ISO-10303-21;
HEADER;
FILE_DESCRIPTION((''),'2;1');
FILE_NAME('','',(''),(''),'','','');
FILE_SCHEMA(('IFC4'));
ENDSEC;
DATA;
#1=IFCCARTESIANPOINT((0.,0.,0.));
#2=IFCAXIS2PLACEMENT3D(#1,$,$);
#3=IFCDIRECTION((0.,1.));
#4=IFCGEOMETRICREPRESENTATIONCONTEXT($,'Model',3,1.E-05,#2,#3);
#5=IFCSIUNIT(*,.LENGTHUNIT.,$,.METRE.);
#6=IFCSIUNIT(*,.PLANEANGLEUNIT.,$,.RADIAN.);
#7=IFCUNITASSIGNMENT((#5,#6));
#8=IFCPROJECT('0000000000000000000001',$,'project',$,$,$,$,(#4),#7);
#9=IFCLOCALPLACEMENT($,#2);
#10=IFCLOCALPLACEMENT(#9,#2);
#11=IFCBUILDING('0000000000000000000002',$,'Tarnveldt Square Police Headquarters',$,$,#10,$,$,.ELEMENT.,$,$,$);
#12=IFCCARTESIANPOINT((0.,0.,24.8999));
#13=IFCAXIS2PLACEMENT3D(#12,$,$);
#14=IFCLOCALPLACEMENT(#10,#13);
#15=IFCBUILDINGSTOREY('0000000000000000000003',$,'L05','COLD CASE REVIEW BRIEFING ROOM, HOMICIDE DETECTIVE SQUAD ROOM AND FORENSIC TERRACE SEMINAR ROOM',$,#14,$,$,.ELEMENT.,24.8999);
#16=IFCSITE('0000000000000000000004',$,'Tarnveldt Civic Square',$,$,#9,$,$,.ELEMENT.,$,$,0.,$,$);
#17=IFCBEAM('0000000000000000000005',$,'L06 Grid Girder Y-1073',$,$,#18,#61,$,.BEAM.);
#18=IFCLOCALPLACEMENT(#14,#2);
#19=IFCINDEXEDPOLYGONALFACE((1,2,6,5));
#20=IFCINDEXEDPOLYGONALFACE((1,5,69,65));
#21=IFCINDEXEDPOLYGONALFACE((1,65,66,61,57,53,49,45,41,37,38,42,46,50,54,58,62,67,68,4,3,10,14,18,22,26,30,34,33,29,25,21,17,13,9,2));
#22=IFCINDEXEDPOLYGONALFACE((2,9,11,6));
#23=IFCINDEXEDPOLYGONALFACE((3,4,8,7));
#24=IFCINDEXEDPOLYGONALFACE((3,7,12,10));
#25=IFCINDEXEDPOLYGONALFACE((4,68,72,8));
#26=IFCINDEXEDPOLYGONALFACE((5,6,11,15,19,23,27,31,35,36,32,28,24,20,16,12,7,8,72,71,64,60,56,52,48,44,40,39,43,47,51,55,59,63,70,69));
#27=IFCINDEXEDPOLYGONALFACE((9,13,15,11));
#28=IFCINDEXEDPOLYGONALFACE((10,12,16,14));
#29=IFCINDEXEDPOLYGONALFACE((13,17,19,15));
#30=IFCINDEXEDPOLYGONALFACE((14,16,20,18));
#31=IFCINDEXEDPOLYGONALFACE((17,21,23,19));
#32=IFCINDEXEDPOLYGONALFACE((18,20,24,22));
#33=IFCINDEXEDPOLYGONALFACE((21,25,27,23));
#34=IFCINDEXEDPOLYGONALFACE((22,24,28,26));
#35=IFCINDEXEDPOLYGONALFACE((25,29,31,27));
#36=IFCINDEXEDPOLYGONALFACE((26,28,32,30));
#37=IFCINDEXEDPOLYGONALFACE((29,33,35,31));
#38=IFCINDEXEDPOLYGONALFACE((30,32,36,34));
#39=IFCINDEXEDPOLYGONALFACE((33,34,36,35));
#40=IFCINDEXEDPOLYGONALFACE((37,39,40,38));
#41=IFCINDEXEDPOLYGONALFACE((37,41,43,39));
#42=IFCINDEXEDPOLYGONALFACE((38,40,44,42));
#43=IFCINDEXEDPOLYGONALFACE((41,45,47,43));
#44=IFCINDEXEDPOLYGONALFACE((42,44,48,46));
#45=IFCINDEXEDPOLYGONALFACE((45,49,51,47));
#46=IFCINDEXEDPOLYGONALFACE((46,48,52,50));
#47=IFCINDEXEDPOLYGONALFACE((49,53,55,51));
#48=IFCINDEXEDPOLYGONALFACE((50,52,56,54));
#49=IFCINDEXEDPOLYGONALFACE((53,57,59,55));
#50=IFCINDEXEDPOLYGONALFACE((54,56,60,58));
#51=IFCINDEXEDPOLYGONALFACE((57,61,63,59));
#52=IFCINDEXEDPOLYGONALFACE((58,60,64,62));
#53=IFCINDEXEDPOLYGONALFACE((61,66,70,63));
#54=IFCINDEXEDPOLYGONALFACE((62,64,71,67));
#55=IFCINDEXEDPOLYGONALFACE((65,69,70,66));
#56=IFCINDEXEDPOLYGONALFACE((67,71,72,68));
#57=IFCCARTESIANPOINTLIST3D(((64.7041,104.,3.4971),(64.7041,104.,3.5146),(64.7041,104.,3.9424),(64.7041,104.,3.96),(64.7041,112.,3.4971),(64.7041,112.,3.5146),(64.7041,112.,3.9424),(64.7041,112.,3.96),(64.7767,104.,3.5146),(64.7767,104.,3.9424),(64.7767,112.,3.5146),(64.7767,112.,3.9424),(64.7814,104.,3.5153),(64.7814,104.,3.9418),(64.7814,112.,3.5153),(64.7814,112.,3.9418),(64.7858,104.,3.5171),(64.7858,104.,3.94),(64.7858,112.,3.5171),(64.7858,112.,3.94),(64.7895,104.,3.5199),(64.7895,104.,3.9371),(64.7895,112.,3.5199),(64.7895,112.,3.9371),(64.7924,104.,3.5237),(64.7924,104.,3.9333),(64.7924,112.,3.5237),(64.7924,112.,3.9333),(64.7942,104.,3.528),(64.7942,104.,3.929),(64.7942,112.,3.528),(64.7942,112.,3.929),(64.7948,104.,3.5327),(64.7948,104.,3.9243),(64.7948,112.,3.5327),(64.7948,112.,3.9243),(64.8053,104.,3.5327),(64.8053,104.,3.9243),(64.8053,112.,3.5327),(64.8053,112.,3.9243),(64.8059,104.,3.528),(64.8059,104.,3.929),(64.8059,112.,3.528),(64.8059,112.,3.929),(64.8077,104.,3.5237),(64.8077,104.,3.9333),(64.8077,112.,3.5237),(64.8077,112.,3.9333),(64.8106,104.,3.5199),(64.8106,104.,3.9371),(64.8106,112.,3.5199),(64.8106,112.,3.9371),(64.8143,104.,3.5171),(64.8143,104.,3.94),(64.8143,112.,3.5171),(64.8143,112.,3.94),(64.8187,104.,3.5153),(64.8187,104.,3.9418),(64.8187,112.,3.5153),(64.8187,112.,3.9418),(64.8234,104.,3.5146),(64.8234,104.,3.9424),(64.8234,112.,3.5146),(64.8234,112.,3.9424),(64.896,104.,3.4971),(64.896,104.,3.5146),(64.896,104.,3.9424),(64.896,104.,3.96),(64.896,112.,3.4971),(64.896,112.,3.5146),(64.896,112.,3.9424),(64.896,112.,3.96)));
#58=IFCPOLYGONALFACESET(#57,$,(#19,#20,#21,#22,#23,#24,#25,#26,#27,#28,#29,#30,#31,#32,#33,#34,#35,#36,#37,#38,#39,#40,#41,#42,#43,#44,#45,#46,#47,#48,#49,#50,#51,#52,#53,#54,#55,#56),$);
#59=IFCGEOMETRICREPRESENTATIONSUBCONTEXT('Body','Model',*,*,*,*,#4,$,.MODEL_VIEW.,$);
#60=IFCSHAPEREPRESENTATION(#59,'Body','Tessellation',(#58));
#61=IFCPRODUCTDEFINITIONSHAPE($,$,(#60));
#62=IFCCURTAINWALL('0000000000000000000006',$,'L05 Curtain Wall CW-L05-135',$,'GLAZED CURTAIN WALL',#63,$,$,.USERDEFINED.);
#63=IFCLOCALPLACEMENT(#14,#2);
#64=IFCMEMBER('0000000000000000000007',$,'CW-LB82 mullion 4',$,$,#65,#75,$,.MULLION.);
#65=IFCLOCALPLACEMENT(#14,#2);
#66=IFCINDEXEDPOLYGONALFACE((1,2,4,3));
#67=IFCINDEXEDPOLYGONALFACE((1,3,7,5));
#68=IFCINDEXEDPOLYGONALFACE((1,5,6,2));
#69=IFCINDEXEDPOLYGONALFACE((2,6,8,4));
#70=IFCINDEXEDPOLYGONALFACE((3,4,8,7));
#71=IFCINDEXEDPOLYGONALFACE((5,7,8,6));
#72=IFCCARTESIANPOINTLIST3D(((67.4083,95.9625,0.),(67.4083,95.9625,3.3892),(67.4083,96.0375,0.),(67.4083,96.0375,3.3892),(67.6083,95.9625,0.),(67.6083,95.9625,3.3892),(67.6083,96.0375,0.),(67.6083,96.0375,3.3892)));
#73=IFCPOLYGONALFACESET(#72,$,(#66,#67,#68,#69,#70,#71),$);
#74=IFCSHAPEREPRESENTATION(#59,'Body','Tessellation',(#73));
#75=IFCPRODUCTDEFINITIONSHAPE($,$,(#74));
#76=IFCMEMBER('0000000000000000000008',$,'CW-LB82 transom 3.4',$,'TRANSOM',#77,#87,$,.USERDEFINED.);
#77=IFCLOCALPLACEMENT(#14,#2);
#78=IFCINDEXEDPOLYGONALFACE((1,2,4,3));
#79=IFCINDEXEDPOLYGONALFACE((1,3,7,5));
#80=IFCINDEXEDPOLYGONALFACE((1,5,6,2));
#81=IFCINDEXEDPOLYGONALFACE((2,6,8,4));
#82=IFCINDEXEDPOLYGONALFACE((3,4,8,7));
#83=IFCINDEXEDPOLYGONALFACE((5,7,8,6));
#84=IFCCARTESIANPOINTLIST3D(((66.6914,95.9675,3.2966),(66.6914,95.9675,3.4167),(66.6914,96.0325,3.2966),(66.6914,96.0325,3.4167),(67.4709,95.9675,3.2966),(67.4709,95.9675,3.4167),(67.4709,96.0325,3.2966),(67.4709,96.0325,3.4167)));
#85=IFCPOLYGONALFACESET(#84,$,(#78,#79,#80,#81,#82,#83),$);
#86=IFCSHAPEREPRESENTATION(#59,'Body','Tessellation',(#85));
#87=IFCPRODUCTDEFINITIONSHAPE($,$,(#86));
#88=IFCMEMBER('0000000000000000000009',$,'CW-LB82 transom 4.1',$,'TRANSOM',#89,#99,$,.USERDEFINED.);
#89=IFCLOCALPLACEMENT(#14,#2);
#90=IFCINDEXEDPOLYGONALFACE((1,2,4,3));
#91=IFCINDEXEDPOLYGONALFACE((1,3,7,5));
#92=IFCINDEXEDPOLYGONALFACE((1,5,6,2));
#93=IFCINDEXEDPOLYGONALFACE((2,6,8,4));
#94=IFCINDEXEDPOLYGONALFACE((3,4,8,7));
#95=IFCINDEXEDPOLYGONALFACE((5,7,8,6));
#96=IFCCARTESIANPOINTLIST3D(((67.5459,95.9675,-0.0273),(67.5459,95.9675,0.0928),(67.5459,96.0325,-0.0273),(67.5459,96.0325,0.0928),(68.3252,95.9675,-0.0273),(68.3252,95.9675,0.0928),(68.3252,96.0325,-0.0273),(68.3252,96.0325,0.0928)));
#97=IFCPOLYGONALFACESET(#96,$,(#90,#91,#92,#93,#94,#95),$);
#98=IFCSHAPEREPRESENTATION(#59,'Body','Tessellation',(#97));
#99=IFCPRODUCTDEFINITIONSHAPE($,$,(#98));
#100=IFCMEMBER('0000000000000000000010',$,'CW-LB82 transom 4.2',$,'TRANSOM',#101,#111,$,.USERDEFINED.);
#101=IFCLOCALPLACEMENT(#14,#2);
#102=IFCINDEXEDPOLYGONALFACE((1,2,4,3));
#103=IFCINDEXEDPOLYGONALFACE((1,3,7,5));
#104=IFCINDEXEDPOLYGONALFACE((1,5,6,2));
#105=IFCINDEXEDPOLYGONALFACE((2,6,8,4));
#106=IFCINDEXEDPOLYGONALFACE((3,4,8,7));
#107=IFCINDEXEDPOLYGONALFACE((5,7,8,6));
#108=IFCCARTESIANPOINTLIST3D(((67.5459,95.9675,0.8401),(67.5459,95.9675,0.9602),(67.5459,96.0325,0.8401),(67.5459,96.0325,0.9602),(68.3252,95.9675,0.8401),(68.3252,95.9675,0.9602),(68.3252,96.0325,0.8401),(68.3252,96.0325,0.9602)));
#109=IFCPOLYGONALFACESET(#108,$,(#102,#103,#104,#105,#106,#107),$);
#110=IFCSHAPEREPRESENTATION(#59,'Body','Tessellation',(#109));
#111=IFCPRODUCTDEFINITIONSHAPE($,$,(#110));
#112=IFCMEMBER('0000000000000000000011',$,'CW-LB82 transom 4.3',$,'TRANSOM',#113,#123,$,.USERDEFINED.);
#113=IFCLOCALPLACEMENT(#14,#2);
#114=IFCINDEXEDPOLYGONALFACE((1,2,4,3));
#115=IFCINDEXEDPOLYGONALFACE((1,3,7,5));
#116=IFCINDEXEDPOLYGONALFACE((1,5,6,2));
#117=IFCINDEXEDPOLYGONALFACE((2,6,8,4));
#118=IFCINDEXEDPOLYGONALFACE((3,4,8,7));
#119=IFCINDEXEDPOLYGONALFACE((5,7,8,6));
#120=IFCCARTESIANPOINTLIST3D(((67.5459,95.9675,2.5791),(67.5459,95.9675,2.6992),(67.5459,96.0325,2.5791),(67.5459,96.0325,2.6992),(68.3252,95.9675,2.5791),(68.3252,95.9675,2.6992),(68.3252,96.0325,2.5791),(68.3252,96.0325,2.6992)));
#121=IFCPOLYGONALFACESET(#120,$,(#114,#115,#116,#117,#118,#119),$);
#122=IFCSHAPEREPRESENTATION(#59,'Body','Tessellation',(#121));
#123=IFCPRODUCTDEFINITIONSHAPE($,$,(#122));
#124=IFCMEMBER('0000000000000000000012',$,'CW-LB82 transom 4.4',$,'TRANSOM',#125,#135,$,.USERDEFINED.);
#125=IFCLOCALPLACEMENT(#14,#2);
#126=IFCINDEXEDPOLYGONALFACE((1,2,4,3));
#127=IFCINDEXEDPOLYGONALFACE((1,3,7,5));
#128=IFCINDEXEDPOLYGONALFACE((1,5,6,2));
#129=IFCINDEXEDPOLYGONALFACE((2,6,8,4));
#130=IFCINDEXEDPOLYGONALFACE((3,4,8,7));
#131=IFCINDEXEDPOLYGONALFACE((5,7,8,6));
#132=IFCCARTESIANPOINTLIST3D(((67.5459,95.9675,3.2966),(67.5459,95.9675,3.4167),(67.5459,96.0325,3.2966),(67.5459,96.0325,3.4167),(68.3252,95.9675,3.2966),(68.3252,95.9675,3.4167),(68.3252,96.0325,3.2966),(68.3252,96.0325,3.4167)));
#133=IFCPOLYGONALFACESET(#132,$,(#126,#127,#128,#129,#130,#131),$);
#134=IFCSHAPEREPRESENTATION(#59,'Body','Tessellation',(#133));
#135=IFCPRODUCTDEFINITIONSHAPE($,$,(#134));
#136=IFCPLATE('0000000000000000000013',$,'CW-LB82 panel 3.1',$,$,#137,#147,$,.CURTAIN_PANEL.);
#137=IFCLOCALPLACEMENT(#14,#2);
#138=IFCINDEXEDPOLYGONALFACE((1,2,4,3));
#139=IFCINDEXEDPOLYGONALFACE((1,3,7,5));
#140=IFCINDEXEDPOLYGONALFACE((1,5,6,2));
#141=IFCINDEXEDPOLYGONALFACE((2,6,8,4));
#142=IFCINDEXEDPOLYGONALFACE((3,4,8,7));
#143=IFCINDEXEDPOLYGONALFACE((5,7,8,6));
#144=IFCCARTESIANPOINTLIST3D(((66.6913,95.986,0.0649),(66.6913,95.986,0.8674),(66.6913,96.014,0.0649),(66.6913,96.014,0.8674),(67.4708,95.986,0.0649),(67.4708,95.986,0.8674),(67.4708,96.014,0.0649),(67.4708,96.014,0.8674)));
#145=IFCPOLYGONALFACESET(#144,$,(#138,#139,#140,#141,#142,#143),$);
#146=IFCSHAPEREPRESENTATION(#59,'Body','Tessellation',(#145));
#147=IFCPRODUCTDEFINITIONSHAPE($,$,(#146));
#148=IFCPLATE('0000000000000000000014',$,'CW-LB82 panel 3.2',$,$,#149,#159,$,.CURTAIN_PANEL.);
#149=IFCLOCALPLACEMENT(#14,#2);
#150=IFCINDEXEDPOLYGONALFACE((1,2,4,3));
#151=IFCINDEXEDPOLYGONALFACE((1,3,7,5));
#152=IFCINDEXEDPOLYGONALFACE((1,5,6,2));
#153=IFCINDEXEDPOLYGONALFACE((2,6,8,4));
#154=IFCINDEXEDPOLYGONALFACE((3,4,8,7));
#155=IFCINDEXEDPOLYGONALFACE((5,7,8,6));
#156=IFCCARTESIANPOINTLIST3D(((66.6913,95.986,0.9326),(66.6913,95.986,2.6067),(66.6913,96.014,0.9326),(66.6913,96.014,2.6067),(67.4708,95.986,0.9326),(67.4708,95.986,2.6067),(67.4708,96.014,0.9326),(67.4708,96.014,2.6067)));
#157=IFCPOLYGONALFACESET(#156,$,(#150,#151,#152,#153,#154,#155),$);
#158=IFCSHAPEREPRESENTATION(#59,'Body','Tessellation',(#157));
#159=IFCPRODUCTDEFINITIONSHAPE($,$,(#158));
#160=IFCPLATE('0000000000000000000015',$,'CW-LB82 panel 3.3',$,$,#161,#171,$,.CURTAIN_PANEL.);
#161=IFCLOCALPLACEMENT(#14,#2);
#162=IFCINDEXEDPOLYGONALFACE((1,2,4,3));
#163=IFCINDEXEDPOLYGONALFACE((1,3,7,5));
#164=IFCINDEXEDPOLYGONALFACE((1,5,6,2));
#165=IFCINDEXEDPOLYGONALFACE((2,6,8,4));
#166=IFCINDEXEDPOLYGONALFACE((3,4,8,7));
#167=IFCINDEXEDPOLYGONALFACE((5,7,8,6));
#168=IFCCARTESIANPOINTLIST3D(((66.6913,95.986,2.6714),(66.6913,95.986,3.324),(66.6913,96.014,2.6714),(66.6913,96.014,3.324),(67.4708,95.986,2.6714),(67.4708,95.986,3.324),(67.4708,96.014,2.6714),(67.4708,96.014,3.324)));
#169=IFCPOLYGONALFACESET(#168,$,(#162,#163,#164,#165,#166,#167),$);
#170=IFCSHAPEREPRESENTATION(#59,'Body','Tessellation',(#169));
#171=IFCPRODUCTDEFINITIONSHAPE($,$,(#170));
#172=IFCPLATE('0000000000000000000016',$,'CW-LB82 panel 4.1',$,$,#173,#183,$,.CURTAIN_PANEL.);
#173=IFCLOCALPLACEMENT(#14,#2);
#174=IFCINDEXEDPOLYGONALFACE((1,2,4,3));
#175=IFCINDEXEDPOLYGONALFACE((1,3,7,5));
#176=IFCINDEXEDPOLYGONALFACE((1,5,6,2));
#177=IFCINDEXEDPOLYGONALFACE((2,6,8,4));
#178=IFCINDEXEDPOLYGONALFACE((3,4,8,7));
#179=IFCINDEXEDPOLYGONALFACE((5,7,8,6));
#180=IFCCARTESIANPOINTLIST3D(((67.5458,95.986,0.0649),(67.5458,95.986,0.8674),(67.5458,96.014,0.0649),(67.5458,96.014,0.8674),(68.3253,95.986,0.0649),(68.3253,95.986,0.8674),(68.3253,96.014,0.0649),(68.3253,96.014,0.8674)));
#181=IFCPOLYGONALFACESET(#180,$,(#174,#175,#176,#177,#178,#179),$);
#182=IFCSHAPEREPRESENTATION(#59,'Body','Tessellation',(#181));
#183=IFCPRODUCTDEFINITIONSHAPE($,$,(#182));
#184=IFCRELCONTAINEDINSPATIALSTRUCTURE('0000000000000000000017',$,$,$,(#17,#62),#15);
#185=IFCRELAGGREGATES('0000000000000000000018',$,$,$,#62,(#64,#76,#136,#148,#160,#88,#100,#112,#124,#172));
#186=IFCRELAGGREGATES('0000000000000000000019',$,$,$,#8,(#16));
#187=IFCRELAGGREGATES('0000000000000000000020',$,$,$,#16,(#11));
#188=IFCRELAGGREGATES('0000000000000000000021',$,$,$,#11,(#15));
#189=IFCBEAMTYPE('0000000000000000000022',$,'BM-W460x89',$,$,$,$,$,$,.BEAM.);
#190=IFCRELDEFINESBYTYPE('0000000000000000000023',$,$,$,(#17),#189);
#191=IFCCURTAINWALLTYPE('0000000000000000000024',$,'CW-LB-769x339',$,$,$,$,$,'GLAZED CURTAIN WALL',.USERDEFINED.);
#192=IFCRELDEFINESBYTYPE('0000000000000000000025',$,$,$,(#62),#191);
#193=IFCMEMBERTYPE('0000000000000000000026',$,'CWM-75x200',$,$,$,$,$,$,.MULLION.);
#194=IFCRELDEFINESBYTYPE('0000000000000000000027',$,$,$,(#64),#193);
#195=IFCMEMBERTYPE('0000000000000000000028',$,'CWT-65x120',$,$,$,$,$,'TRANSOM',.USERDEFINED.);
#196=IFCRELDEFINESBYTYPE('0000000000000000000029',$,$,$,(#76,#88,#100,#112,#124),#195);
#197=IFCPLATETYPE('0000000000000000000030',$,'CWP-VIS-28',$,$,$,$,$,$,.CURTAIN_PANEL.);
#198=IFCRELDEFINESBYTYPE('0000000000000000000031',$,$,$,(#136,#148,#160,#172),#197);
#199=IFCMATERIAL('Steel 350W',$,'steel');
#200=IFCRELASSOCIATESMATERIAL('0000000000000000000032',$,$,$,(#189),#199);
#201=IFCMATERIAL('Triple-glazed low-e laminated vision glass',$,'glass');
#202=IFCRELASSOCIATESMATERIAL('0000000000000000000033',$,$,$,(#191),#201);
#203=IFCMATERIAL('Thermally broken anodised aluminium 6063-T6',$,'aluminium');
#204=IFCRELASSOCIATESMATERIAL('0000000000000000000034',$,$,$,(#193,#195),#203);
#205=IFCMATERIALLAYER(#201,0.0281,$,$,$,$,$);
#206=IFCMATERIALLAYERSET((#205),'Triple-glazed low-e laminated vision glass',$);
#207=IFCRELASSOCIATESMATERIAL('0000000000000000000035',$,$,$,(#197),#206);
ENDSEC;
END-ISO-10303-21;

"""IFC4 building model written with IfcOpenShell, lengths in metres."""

from ifc_helpers import new_model, si_unit, direction, frame, origin, origin_2d, place, context, subcontext, project, spatial, rectangle, i_section, extrude, material, layer, layer_set, material_profile, profile_set, type_object, element, aggregate, save


model = new_model("IFC4")

# Units and contexts
model_context = context("Model", 3, precision=1e-05, world=origin(), true_north=direction((0.0, 1.0)))
body_context = subcontext(model_context, "Body", "Model", "MODEL_VIEW")
ifc_project = project(units=[si_unit("LENGTHUNIT", "METRE"), si_unit("PLANEANGLEUNIT", "RADIAN")], contexts=[model_context])

# Site, building, storey
site_placement = place(None, origin())
site = spatial("IfcSite", under=ifc_project, at=site_placement, Name="Tarnveldt Civic Square", CompositionType="ELEMENT", RefElevation=0.0)
building_placement = place(site_placement, origin())
building = spatial("IfcBuilding", under=site, at=building_placement, Name="Tarnveldt Square Police Headquarters", CompositionType="ELEMENT")
storey_placement = place(building_placement, frame((0.0, 0.0, 24.8999)))
storey = spatial("IfcBuildingStorey", under=building, at=storey_placement, Name="L05", Description="COLD CASE REVIEW BRIEFING ROOM, HOMICIDE DETECTIVE SQUAD ROOM AND FORENSIC TERRACE SEMINAR ROOM", CompositionType="ELEMENT", Elevation=24.8999)

# Shared definitions
ifc_material_1 = material(Name="Steel 350W", Category="steel")

# Beam
ifc_material_profile_1 = material_profile(ifc_material_1, i_section(OverallWidth=0.1919, OverallDepth=0.4629, WebThickness=0.0105, FlangeThickness=0.0176, FilletRadius=0.0181, at=origin_2d()), Name="W460x89")
ifc_profile_set_1 = profile_set([ifc_material_profile_1], Name="Steel 350W")
beam_type_1 = type_object("IfcBeamType", Name="BM-W460x89", PredefinedType="BEAM", material=ifc_profile_set_1)
beam_1_placement = place(storey_placement, frame((64.8, 104.0, 3.7285), z_axis=(0.0, 1.0, 0.0), x_axis=(-1.0, 0.0, 0.0)))
element("IfcBeam", 1, at=beam_1_placement, inside=storey, type_object=beam_type_1, Name="L06 Grid Girder Y-1073", PredefinedType="BEAM", context=body_context, shape_type="SweptSolid", body=[
    extrude(i_section(OverallWidth=0.1919, OverallDepth=0.4629, WebThickness=0.0105, FlangeThickness=0.0176, FilletRadius=0.0181, at=origin_2d()), origin(), (0.0, 0.0, 1.0), 8.0),
])

# Curtain wall, members, plates
ifc_material_2 = material(Name="Triple-glazed low-e laminated vision glass", Category="glass")
curtain_wall_type = type_object("IfcCurtainWallType", Name="CW-LB-769x339", ElementType="GLAZED CURTAIN WALL", PredefinedType="USERDEFINED", material=ifc_material_2)
curtain_wall_placement = place(storey_placement, origin())
curtain_wall = element("IfcCurtainWall", 2, at=curtain_wall_placement, inside=storey, type_object=curtain_wall_type, Name="L05 Curtain Wall CW-L05-135", ObjectType="GLAZED CURTAIN WALL", PredefinedType="USERDEFINED")
ifc_material_3 = material(Name="Thermally broken anodised aluminium 6063-T6", Category="aluminium")
ifc_material_profile_2 = material_profile(ifc_material_3, rectangle(XDim=0.075, YDim=0.2, at=origin_2d()), Name="CW-M75x200")
ifc_profile_set_2 = profile_set([ifc_material_profile_2], Name="Thermally broken anodised aluminium 6063-T6")
member_type_1 = type_object("IfcMemberType", Name="CWM-75x200", PredefinedType="MULLION", material=ifc_profile_set_2)
member_1_placement = place(storey_placement, frame((67.5083, 96.0, 0.0), z_axis=(0.0, 0.0, 1.0), x_axis=(0.0, 1.0, 0.0)))
member_1 = element("IfcMember", 3, at=member_1_placement, type_object=member_type_1, Name="CW-LB82 mullion 4", PredefinedType="MULLION", context=body_context, shape_type="SweptSolid", body=[
    extrude(rectangle(XDim=0.075, YDim=0.2, at=origin_2d()), origin(), (0.0, 0.0, 1.0), 3.3892),
])
ifc_material_profile_3 = material_profile(ifc_material_3, rectangle(XDim=0.0649, YDim=0.1201, at=origin_2d()), Name="CW-T65x120")
ifc_profile_set_3 = profile_set([ifc_material_profile_3], Name="Thermally broken anodised aluminium 6063-T6")
member_type_2 = type_object("IfcMemberType", Name="CWT-65x120", ElementType="TRANSOM", PredefinedType="USERDEFINED", material=ifc_profile_set_3)
member_2_placement = place(storey_placement, frame((66.6914, 96.0, 3.3567), z_axis=(1.0, 0.0, 0.0), x_axis=(0.0, 1.0, 0.0)))
member_2 = element("IfcMember", 4, at=member_2_placement, type_object=member_type_2, Name="CW-LB82 transom 3.4", ObjectType="TRANSOM", PredefinedType="USERDEFINED", context=body_context, shape_type="SweptSolid", body=[
    extrude(rectangle(XDim=0.0649, YDim=0.1201, at=origin_2d()), origin(), (0.0, 0.0, 1.0), 0.7795),
])
member_3_placement = place(storey_placement, frame((67.5459, 96.0, 0.0327), z_axis=(1.0, 0.0, 0.0), x_axis=(0.0, 1.0, 0.0)))
member_3 = element("IfcMember", 5, at=member_3_placement, type_object=member_type_2, Name="CW-LB82 transom 4.1", ObjectType="TRANSOM", PredefinedType="USERDEFINED", context=body_context, shape_type="SweptSolid", body=[
    extrude(rectangle(XDim=0.0649, YDim=0.1201, at=origin_2d()), origin(), (0.0, 0.0, 1.0), 0.7793),
])
member_4_placement = place(storey_placement, frame((67.5459, 96.0, 0.9001), z_axis=(1.0, 0.0, 0.0), x_axis=(0.0, 1.0, 0.0)))
member_4 = element("IfcMember", 6, at=member_4_placement, type_object=member_type_2, Name="CW-LB82 transom 4.2", ObjectType="TRANSOM", PredefinedType="USERDEFINED", context=body_context, shape_type="SweptSolid", body=[
    extrude(rectangle(XDim=0.0649, YDim=0.1201, at=origin_2d()), origin(), (0.0, 0.0, 1.0), 0.7793),
])
member_5_placement = place(storey_placement, frame((67.5459, 96.0, 2.6392), z_axis=(1.0, 0.0, 0.0), x_axis=(0.0, 1.0, 0.0)))
member_5 = element("IfcMember", 7, at=member_5_placement, type_object=member_type_2, Name="CW-LB82 transom 4.3", ObjectType="TRANSOM", PredefinedType="USERDEFINED", context=body_context, shape_type="SweptSolid", body=[
    extrude(rectangle(XDim=0.0649, YDim=0.1201, at=origin_2d()), origin(), (0.0, 0.0, 1.0), 0.7793),
])
member_6_placement = place(storey_placement, frame((67.5459, 96.0, 3.3567), z_axis=(1.0, 0.0, 0.0), x_axis=(0.0, 1.0, 0.0)))
member_6 = element("IfcMember", 8, at=member_6_placement, type_object=member_type_2, Name="CW-LB82 transom 4.4", ObjectType="TRANSOM", PredefinedType="USERDEFINED", context=body_context, shape_type="SweptSolid", body=[
    extrude(rectangle(XDim=0.0649, YDim=0.1201, at=origin_2d()), origin(), (0.0, 0.0, 1.0), 0.7793),
])
ifc_layer_1 = layer(ifc_material_2, 0.0281)
ifc_layer_set_1 = layer_set([ifc_layer_1], Name="Triple-glazed low-e laminated vision glass")
plate_type = type_object("IfcPlateType", Name="CWP-VIS-28", PredefinedType="CURTAIN_PANEL", material=ifc_layer_set_1)
plate_1_placement = place(storey_placement, frame((67.0811, 96.0, 0.0649), z_axis=(0.0, 0.0, 1.0), x_axis=(1.0, 0.0, 0.0)))
plate_1 = element("IfcPlate", 9, at=plate_1_placement, type_object=plate_type, Name="CW-LB82 panel 3.1", PredefinedType="CURTAIN_PANEL", context=body_context, shape_type="SweptSolid", body=[
    extrude(rectangle(XDim=0.7795, YDim=0.0281, at=origin_2d()), origin(), (0.0, 0.0, 1.0), 0.8025),
])
plate_2_placement = place(storey_placement, frame((67.0811, 96.0, 0.9326), z_axis=(0.0, 0.0, 1.0), x_axis=(1.0, 0.0, 0.0)))
plate_2 = element("IfcPlate", 10, at=plate_2_placement, type_object=plate_type, Name="CW-LB82 panel 3.2", PredefinedType="CURTAIN_PANEL", context=body_context, shape_type="SweptSolid", body=[
    extrude(rectangle(XDim=0.7795, YDim=0.0281, at=origin_2d()), origin(), (0.0, 0.0, 1.0), 1.6741),
])
plate_3_placement = place(storey_placement, frame((67.0811, 96.0, 2.6714), z_axis=(0.0, 0.0, 1.0), x_axis=(1.0, 0.0, 0.0)))
plate_3 = element("IfcPlate", 11, at=plate_3_placement, type_object=plate_type, Name="CW-LB82 panel 3.3", PredefinedType="CURTAIN_PANEL", context=body_context, shape_type="SweptSolid", body=[
    extrude(rectangle(XDim=0.7795, YDim=0.0281, at=origin_2d()), origin(), (0.0, 0.0, 1.0), 0.6526),
])
plate_4_placement = place(storey_placement, frame((67.9355, 96.0, 0.0649), z_axis=(0.0, 0.0, 1.0), x_axis=(1.0, 0.0, 0.0)))
plate_4 = element("IfcPlate", 12, at=plate_4_placement, type_object=plate_type, Name="CW-LB82 panel 4.1", PredefinedType="CURTAIN_PANEL", context=body_context, shape_type="SweptSolid", body=[
    extrude(rectangle(XDim=0.7795, YDim=0.0281, at=origin_2d()), origin(), (0.0, 0.0, 1.0), 0.8025),
])
aggregate(curtain_wall, [member_1, member_2, plate_1, plate_2, plate_3, member_3, member_4, member_5, member_6, plate_4])

save(model, "model.ifc")
